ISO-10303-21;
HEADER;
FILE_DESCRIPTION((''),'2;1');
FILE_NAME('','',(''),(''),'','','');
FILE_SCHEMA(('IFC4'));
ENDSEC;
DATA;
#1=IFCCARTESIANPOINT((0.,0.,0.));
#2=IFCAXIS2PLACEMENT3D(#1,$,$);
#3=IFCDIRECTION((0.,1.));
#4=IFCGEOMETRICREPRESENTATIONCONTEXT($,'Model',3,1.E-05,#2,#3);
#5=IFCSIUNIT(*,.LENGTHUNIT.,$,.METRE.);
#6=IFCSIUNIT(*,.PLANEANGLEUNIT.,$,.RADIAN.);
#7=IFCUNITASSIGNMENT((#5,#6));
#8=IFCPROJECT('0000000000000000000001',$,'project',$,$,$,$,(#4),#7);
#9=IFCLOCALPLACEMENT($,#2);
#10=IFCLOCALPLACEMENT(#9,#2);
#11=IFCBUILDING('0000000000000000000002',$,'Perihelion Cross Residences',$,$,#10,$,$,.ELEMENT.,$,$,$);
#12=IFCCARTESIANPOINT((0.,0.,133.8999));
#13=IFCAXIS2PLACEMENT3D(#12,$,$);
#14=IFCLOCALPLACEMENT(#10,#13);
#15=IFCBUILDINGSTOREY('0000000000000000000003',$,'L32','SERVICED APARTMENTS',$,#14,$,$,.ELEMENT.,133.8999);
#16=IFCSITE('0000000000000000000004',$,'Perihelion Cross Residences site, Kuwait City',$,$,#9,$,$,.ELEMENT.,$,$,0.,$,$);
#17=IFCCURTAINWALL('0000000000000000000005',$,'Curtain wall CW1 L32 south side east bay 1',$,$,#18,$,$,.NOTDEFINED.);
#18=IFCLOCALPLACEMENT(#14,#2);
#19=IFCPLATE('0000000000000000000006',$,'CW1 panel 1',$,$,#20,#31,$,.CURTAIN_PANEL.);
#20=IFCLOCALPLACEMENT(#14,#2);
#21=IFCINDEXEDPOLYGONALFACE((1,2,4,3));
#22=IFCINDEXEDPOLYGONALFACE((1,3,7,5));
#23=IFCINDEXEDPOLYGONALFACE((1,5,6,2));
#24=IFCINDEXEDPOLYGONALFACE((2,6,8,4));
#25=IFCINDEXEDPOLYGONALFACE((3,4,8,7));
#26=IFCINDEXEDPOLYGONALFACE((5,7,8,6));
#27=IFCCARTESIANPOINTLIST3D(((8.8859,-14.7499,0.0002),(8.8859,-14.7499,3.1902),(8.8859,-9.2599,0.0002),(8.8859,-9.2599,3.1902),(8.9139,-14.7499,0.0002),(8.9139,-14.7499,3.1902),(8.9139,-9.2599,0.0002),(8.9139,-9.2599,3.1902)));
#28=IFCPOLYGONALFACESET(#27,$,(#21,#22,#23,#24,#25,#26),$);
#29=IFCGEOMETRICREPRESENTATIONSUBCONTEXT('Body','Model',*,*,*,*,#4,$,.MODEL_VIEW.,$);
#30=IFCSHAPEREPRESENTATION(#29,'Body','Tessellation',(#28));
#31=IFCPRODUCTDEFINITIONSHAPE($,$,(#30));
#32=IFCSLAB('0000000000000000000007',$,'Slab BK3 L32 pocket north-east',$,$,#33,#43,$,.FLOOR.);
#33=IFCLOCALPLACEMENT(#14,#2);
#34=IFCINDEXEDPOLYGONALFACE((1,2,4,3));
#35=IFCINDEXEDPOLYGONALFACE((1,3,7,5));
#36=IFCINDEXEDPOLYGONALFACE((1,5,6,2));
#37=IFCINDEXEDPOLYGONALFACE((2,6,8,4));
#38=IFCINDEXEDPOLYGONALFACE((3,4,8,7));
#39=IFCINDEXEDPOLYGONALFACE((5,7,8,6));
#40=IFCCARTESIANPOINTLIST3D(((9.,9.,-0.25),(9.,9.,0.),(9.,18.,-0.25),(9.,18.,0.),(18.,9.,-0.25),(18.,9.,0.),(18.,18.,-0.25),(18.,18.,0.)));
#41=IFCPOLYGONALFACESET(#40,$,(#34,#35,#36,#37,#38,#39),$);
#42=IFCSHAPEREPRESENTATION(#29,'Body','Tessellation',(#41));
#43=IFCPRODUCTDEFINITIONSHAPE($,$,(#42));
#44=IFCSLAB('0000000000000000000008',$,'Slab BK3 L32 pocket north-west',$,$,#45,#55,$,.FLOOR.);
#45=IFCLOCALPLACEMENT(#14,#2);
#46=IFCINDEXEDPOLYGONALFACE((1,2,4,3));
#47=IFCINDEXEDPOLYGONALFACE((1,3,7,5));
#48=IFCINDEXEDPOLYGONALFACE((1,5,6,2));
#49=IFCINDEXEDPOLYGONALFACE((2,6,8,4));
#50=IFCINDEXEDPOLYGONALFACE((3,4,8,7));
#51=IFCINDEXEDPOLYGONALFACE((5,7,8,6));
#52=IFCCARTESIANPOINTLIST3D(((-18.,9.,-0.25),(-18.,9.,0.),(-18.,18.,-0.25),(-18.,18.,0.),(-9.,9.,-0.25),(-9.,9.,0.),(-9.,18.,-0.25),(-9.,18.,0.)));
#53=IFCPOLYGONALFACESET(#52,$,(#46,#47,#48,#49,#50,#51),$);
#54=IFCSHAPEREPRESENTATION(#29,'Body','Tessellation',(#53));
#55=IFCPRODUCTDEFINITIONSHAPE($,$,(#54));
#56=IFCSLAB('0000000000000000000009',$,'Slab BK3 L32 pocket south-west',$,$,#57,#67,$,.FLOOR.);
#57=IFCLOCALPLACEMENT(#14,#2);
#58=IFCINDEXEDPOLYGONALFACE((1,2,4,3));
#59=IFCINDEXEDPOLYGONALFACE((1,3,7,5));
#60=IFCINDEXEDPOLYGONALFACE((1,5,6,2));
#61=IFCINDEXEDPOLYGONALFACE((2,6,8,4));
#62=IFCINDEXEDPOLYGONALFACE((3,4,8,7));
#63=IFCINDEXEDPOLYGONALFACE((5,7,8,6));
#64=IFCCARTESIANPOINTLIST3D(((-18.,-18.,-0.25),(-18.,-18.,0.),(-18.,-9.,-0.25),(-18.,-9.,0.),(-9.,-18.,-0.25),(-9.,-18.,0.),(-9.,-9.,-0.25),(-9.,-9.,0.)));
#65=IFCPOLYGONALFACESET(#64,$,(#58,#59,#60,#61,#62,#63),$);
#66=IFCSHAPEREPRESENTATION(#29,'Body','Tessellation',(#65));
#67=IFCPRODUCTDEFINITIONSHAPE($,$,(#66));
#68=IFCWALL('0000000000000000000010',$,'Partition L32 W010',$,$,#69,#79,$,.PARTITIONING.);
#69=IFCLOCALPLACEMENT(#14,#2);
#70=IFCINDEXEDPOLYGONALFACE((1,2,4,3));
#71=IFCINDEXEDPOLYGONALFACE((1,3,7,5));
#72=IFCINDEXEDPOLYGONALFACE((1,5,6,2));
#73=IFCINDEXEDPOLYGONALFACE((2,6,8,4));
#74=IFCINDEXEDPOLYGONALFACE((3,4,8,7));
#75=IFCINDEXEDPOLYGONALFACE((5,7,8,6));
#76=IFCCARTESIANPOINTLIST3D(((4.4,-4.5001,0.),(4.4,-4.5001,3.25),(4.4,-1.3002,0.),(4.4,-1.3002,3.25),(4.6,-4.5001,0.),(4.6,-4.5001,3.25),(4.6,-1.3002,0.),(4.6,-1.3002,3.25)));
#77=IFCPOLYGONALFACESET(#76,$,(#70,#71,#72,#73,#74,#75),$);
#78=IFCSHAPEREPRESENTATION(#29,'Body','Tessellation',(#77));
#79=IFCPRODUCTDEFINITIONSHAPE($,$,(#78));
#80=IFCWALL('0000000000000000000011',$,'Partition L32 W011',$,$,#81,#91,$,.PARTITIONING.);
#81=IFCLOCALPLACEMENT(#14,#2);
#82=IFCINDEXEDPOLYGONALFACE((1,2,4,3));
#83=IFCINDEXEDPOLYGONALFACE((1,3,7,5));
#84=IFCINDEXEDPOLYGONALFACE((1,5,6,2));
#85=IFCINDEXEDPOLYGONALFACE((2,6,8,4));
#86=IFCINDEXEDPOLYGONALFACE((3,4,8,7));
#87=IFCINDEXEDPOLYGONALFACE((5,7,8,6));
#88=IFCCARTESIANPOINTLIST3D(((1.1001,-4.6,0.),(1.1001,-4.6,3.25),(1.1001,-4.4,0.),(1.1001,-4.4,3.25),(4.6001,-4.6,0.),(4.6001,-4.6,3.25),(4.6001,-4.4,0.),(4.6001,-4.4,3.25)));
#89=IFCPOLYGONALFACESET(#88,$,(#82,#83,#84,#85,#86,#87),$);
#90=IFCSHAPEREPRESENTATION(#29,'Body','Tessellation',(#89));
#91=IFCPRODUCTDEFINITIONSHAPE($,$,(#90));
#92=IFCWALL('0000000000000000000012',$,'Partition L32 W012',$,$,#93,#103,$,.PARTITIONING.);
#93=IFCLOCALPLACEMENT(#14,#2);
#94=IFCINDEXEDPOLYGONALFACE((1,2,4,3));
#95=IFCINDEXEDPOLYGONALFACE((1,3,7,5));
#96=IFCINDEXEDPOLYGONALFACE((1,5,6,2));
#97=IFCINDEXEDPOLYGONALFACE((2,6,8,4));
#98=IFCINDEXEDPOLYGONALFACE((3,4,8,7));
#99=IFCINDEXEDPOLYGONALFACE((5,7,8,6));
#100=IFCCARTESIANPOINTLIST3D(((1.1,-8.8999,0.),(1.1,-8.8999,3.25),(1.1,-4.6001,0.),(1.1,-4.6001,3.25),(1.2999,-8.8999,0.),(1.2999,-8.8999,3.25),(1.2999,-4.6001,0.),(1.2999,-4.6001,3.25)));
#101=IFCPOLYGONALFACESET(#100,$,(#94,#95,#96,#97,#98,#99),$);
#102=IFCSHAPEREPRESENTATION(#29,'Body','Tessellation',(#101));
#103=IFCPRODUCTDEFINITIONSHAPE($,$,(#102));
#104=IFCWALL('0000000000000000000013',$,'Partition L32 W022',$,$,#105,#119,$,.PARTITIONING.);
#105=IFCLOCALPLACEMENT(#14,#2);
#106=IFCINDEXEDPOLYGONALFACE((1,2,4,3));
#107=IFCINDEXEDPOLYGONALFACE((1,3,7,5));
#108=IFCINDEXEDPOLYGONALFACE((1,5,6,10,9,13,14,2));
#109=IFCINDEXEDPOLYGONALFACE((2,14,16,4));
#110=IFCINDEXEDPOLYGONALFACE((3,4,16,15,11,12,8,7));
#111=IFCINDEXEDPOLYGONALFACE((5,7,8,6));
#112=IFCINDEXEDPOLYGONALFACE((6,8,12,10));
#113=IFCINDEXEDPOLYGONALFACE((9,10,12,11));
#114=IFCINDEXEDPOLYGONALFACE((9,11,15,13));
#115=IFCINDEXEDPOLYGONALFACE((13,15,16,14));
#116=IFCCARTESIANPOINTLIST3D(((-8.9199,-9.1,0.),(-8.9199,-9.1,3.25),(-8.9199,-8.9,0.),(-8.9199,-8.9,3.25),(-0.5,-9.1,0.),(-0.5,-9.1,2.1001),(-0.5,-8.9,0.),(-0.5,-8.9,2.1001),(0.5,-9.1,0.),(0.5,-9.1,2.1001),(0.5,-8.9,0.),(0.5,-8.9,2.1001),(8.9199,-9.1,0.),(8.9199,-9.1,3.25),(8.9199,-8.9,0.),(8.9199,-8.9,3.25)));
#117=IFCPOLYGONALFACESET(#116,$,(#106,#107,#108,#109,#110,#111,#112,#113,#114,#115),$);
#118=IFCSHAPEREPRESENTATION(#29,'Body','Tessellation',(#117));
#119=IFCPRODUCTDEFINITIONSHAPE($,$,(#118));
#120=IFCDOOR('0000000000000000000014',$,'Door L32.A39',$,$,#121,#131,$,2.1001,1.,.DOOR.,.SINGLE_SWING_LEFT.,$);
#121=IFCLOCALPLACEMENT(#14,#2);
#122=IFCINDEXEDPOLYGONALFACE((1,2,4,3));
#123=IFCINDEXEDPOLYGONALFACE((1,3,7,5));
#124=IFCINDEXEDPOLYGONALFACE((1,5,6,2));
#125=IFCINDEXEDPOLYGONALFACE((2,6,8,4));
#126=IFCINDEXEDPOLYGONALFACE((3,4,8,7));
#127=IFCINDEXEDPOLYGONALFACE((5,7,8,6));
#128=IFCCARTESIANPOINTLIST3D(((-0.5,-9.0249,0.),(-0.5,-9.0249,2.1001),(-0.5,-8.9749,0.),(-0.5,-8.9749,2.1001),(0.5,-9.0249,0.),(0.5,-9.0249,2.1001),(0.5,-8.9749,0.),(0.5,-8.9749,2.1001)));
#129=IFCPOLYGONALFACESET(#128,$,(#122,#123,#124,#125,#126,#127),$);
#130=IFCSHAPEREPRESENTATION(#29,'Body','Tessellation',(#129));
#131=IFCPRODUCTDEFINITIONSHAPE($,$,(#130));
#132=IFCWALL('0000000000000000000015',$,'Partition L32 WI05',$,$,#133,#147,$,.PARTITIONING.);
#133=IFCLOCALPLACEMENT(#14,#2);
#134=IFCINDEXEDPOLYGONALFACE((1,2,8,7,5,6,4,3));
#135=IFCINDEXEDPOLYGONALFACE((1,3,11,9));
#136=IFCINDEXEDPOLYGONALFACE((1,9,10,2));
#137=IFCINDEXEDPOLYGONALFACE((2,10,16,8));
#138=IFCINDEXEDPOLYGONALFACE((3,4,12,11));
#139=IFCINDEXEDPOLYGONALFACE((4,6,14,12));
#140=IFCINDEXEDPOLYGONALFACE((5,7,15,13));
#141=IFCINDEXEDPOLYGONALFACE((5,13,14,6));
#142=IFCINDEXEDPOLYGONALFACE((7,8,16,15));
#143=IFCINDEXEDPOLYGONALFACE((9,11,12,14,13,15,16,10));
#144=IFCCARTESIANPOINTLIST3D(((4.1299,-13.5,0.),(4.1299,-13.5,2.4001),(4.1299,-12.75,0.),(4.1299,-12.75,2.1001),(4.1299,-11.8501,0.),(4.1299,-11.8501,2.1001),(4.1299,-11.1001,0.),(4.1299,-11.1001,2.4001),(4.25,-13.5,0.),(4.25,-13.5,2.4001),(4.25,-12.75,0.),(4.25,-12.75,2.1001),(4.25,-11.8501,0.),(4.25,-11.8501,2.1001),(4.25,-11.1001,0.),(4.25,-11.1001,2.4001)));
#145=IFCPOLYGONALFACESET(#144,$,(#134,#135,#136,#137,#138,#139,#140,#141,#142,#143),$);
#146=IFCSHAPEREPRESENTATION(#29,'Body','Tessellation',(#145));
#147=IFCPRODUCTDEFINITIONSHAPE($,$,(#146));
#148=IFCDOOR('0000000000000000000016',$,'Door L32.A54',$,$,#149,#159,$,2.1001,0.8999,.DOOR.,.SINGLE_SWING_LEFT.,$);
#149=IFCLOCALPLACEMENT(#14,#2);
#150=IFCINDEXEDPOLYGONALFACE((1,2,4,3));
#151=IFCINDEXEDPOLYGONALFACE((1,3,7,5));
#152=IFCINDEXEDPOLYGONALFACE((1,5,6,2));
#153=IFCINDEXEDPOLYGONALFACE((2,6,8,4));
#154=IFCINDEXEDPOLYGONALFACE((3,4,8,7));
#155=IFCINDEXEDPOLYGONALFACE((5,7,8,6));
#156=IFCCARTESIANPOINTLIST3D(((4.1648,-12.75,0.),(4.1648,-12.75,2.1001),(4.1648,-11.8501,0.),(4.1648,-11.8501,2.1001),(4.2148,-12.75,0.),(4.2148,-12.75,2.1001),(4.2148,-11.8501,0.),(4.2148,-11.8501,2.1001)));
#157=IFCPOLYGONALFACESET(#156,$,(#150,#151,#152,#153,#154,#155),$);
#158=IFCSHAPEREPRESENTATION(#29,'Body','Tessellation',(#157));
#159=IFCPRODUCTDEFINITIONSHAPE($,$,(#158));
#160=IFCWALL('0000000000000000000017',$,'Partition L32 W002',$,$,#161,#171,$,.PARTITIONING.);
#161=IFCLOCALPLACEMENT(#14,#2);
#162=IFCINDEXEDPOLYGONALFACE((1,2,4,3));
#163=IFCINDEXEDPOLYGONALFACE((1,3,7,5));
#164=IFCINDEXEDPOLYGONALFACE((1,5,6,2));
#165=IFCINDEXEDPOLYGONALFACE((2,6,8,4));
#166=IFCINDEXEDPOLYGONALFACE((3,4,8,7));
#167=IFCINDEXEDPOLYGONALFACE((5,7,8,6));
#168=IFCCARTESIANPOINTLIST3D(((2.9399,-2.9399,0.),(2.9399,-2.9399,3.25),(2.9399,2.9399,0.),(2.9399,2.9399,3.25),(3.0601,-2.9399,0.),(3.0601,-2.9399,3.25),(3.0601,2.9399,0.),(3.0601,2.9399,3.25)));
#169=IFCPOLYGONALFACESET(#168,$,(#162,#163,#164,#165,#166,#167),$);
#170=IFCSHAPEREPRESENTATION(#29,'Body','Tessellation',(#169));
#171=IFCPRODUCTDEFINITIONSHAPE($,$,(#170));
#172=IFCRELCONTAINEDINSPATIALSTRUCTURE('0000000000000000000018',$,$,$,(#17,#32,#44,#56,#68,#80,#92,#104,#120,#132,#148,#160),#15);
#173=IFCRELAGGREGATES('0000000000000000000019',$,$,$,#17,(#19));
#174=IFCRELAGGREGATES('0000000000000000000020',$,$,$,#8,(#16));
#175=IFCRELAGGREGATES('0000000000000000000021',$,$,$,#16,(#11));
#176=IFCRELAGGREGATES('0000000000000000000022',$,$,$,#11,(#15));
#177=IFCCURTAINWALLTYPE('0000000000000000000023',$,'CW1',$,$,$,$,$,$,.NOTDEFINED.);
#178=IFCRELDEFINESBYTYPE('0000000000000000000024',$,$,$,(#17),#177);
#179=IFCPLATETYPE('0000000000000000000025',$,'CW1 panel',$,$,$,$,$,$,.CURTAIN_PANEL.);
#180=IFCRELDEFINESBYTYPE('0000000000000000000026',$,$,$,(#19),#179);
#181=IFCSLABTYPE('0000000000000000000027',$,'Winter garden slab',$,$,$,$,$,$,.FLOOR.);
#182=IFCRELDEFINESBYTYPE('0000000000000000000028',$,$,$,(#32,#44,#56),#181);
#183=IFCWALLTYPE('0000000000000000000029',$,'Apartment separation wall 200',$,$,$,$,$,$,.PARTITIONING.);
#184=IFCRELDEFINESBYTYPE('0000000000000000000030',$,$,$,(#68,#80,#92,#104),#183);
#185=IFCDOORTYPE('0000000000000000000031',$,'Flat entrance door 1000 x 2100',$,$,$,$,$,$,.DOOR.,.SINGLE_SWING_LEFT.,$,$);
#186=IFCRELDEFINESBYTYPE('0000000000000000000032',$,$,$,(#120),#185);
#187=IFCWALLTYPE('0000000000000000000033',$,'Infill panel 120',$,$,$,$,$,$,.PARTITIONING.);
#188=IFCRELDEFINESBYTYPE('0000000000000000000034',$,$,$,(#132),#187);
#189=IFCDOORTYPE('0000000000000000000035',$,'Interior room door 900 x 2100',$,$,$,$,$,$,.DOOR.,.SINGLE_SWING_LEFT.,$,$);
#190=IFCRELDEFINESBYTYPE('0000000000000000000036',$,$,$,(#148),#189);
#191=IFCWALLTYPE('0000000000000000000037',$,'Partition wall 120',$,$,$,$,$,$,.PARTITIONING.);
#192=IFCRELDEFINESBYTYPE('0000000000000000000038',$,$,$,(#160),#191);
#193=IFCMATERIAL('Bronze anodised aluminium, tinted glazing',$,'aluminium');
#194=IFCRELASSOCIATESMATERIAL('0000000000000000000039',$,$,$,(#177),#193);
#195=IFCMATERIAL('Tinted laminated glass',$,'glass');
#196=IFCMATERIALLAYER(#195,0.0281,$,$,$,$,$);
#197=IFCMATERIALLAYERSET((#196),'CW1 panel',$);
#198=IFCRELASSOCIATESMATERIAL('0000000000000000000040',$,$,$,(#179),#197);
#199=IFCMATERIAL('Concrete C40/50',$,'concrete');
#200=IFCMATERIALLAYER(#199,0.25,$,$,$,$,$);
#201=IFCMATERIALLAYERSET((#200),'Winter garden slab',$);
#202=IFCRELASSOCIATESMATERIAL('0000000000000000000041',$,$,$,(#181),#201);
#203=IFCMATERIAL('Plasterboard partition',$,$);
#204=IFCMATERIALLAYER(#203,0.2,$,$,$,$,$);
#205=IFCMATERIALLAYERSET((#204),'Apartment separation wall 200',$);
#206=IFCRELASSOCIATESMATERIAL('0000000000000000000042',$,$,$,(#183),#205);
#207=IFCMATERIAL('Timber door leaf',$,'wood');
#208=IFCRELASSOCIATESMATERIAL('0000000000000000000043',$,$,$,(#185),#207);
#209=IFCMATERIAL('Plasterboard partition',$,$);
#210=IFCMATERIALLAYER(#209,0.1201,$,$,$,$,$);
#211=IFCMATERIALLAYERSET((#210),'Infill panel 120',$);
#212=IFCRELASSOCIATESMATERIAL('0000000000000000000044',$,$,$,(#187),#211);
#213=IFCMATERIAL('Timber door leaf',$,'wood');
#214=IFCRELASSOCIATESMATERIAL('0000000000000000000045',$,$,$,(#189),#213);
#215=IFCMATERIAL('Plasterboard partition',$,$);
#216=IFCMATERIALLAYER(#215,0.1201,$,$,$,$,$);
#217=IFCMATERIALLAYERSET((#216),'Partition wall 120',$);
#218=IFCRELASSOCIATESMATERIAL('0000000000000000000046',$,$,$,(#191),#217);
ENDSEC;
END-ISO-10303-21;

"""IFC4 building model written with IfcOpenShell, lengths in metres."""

from ifc_helpers import new_model, si_unit, direction, frame, frame_2d, origin, origin_2d, place, context, subcontext, project, spatial, polyline, rectangle, outline, extrude, material, layer, layer_set, type_object, element, fill, aggregate, save


model = new_model("IFC4")

# Units and contexts
model_context = context("Model", 3, precision=1e-05, world=origin(), true_north=direction((0.0, 1.0)))
body_context = subcontext(model_context, "Body", "Model", "MODEL_VIEW")
ifc_project = project(units=[si_unit("LENGTHUNIT", "METRE"), si_unit("PLANEANGLEUNIT", "RADIAN")], contexts=[model_context])

# Site, building, storey
site_placement = place(None, origin())
site = spatial("IfcSite", under=ifc_project, at=site_placement, Name="Perihelion Cross Residences site, Kuwait City", CompositionType="ELEMENT", RefElevation=0.0)
building_placement = place(site_placement, origin())
building = spatial("IfcBuilding", under=site, at=building_placement, Name="Perihelion Cross Residences", CompositionType="ELEMENT")
storey_placement = place(building_placement, frame((0.0, 0.0, 133.8999)))
storey = spatial("IfcBuildingStorey", under=building, at=storey_placement, Name="L32", Description="SERVICED APARTMENTS", CompositionType="ELEMENT", Elevation=133.8999)

# Curtain wall
ifc_material_1 = material(Name="Bronze anodised aluminium, tinted glazing", Category="aluminium")
curtain_wall_type = type_object("IfcCurtainWallType", Name="CW1", PredefinedType="NOTDEFINED", material=ifc_material_1)
curtain_wall_1_placement = place(storey_placement, origin())
curtain_wall_1 = element("IfcCurtainWall", 1, at=curtain_wall_1_placement, inside=storey, type_object=curtain_wall_type, Name="Curtain wall CW1 L32 south side east bay 1", PredefinedType="NOTDEFINED")

# Plate
ifc_material_2 = material(Name="Tinted laminated glass", Category="glass")
ifc_layer_1 = layer(ifc_material_2, 0.0281)
ifc_layer_set_1 = layer_set([ifc_layer_1], Name="CW1 panel")
plate_type = type_object("IfcPlateType", Name="CW1 panel", PredefinedType="CURTAIN_PANEL", material=ifc_layer_set_1)
plate_placement = place(storey_placement, frame((8.8999, -12.0049, 0.0002), z_axis=(0.0, 0.0, 1.0), x_axis=(0.0, 1.0, 0.0)))
plate = element("IfcPlate", 2, at=plate_placement, type_object=plate_type, Name="CW1 panel 1", PredefinedType="CURTAIN_PANEL", context=body_context, shape_type="SweptSolid", body=[
    extrude(rectangle(XDim=5.49, YDim=0.0281, at=origin_2d()), origin(), (0.0, 0.0, 1.0), 3.1899),
])
aggregate(curtain_wall_1, [plate])

# Slabs
ifc_material_3 = material(Name="Concrete C40/50", Category="concrete")
ifc_layer_2 = layer(ifc_material_3, 0.25)
ifc_layer_set_2 = layer_set([ifc_layer_2], Name="Winter garden slab")
slab_type_1 = type_object("IfcSlabType", Name="Winter garden slab", PredefinedType="FLOOR", material=ifc_layer_set_2)
slab_1_placement = place(storey_placement, frame((0.0, 0.0, -0.25)))
element("IfcSlab", 3, at=slab_1_placement, inside=storey, type_object=slab_type_1, Name="Slab BK3 L32 pocket north-east", PredefinedType="FLOOR", context=body_context, shape_type="SweptSolid", body=[
    extrude(outline(polyline([(18.0, 9.0), (18.0, 18.0), (9.0, 18.0), (9.0, 9.0), (18.0, 9.0)])), origin(), (0.0, 0.0, 1.0), 0.25),
])
slab_2_placement = place(storey_placement, frame((0.0, 0.0, -0.25)))
element("IfcSlab", 4, at=slab_2_placement, inside=storey, type_object=slab_type_1, Name="Slab BK3 L32 pocket north-west", PredefinedType="FLOOR", context=body_context, shape_type="SweptSolid", body=[
    extrude(outline(polyline([(-9.0, 9.0), (-9.0, 18.0), (-18.0, 18.0), (-18.0, 9.0), (-9.0, 9.0)])), origin(), (0.0, 0.0, 1.0), 0.25),
])
slab_3_placement = place(storey_placement, frame((0.0, 0.0, -0.25)))
element("IfcSlab", 5, at=slab_3_placement, inside=storey, type_object=slab_type_1, Name="Slab BK3 L32 pocket south-west", PredefinedType="FLOOR", context=body_context, shape_type="SweptSolid", body=[
    extrude(outline(polyline([(-9.0, -18.0), (-9.0, -9.0), (-18.0, -9.0), (-18.0, -18.0), (-9.0, -18.0)])), origin(), (0.0, 0.0, 1.0), 0.25),
])

# Walls
ifc_material_4 = material(Name="Plasterboard partition")
ifc_layer_3 = layer(ifc_material_4, 0.2)
ifc_layer_set_3 = layer_set([ifc_layer_3], Name="Apartment separation wall 200")
wall_type_1 = type_object("IfcWallType", Name="Apartment separation wall 200", PredefinedType="PARTITIONING", material=ifc_layer_set_3)
wall_1_placement = place(storey_placement, frame((4.5, -1.3, 0.0), z_axis=(0.0, 0.0, 1.0), x_axis=(0.0, -1.0, 0.0)))
element("IfcWall", 6, at=wall_1_placement, inside=storey, type_object=wall_type_1, Name="Partition L32 W010", PredefinedType="PARTITIONING", context=body_context, shape_type="SweptSolid", body=[
    extrude(rectangle(XDim=3.2, YDim=0.2, at=frame_2d((1.6001, 0.0))), origin(), (0.0, 0.0, 1.0), 3.25),
])
wall_2_placement = place(storey_placement, frame((4.6001, -4.5, 0.0), z_axis=(0.0, 0.0, 1.0), x_axis=(-1.0, 0.0, 0.0)))
element("IfcWall", 7, at=wall_2_placement, inside=storey, type_object=wall_type_1, Name="Partition L32 W011", PredefinedType="PARTITIONING", context=body_context, shape_type="SweptSolid", body=[
    extrude(rectangle(XDim=3.5, YDim=0.2, at=frame_2d((1.75, 0.0))), origin(), (0.0, 0.0, 1.0), 3.25),
])
wall_3_placement = place(storey_placement, frame((1.2, -4.6001, 0.0), z_axis=(0.0, 0.0, 1.0), x_axis=(0.0, -1.0, 0.0)))
element("IfcWall", 8, at=wall_3_placement, inside=storey, type_object=wall_type_1, Name="Partition L32 W012", PredefinedType="PARTITIONING", context=body_context, shape_type="SweptSolid", body=[
    extrude(rectangle(XDim=4.2998, YDim=0.2, at=frame_2d((2.1499, 0.0))), origin(), (0.0, 0.0, 1.0), 3.25),
])

# Walls, openings, doors
wall_4_placement = place(storey_placement, frame((8.9199, -9.0, 0.0), z_axis=(0.0, 0.0, 1.0), x_axis=(-1.0, 0.0, 0.0)))
wall_4 = element("IfcWall", 9, at=wall_4_placement, inside=storey, type_object=wall_type_1, Name="Partition L32 W022", PredefinedType="PARTITIONING", context=body_context, shape_type="SweptSolid", body=[
    extrude(rectangle(XDim=17.8398, YDim=0.2, at=frame_2d((8.9199, 0.0))), origin(), (0.0, 0.0, 1.0), 3.25),
])
opening_1_placement = place(wall_4_placement, frame((8.4199, 0.0, 0.0)))
opening_1 = element("IfcOpeningElement", 10, at=opening_1_placement, cuts=wall_4, PredefinedType="OPENING", context=body_context, shape_type="SweptSolid", body=[
    extrude(rectangle(XDim=1.0, YDim=2.1001, at=frame_2d((0.5, 1.05))), frame((0.0, 0.1099, 0.0), z_axis=(0.0, -1.0, 0.0), x_axis=(1.0, 0.0, 0.0)), (0.0, 0.0, 1.0), 0.22),
])
ifc_material_5 = material(Name="Timber door leaf", Category="wood")
door_type_1 = type_object("IfcDoorType", Name="Flat entrance door 1000 x 2100", OperationType="SINGLE_SWING_LEFT", PredefinedType="DOOR", material=ifc_material_5)
door_1_placement = place(opening_1_placement, origin())
door_1 = element("IfcDoor", 11, at=door_1_placement, inside=storey, type_object=door_type_1, Name="Door L32.A39", OperationType="SINGLE_SWING_LEFT", OverallHeight=2.1001, OverallWidth=1.0, PredefinedType="DOOR", context=body_context, shape_type="SweptSolid", body=[
    extrude(rectangle(XDim=1.0, YDim=2.1001, at=frame_2d((0.5, 1.05))), frame((0.0, 0.0249, 0.0), z_axis=(0.0, -1.0, 0.0), x_axis=(1.0, 0.0, 0.0)), (0.0, 0.0, 1.0), 0.05),
])
fill(opening_1, door_1)
ifc_material_6 = material(Name="Plasterboard partition")
ifc_layer_4 = layer(ifc_material_6, 0.1201)
ifc_layer_set_4 = layer_set([ifc_layer_4], Name="Infill panel 120")
wall_type_2 = type_object("IfcWallType", Name="Infill panel 120", PredefinedType="PARTITIONING", material=ifc_layer_set_4)
wall_5_placement = place(storey_placement, frame((4.1899, -11.1001, 0.0), z_axis=(0.0, 0.0, 1.0), x_axis=(0.0, -1.0, 0.0)))
wall_5 = element("IfcWall", 12, at=wall_5_placement, inside=storey, type_object=wall_type_2, Name="Partition L32 WI05", PredefinedType="PARTITIONING", context=body_context, shape_type="SweptSolid", body=[
    extrude(rectangle(XDim=2.3999, YDim=0.1201, at=frame_2d((1.2, 0.0))), origin(), (0.0, 0.0, 1.0), 2.4001),
])
opening_2_placement = place(wall_5_placement, frame((0.75, 0.0, 0.0)))
opening_2 = element("IfcOpeningElement", 13, at=opening_2_placement, cuts=wall_5, PredefinedType="OPENING", context=body_context, shape_type="SweptSolid", body=[
    extrude(rectangle(XDim=0.8999, YDim=2.1001, at=frame_2d((0.45, 1.05))), frame((0.0, 0.0701, 0.0), z_axis=(0.0, -1.0, 0.0), x_axis=(1.0, 0.0, 0.0)), (0.0, 0.0, 1.0), 0.1401),
])
ifc_material_7 = material(Name="Timber door leaf", Category="wood")
door_type_2 = type_object("IfcDoorType", Name="Interior room door 900 x 2100", OperationType="SINGLE_SWING_LEFT", PredefinedType="DOOR", material=ifc_material_7)
door_2_placement = place(opening_2_placement, origin())
door_2 = element("IfcDoor", 14, at=door_2_placement, inside=storey, type_object=door_type_2, Name="Door L32.A54", OperationType="SINGLE_SWING_LEFT", OverallHeight=2.1001, OverallWidth=0.8999, PredefinedType="DOOR", context=body_context, shape_type="SweptSolid", body=[
    extrude(rectangle(XDim=0.8999, YDim=2.1001, at=frame_2d((0.45, 1.05))), frame((0.0, 0.0249, 0.0), z_axis=(0.0, -1.0, 0.0), x_axis=(1.0, 0.0, 0.0)), (0.0, 0.0, 1.0), 0.05),
])
fill(opening_2, door_2)

# Wall
ifc_material_8 = material(Name="Plasterboard partition")
ifc_layer_5 = layer(ifc_material_8, 0.1201)
ifc_layer_set_5 = layer_set([ifc_layer_5], Name="Partition wall 120")
wall_type_3 = type_object("IfcWallType", Name="Partition wall 120", PredefinedType="PARTITIONING", material=ifc_layer_set_5)
wall_6_placement = place(storey_placement, frame((3.0, -2.9399, 0.0), z_axis=(0.0, 0.0, 1.0), x_axis=(0.0, 1.0, 0.0)))
element("IfcWall", 15, at=wall_6_placement, inside=storey, type_object=wall_type_3, Name="Partition L32 W002", PredefinedType="PARTITIONING", context=body_context, shape_type="SweptSolid", body=[
    extrude(rectangle(XDim=5.8799, YDim=0.1201, at=frame_2d((2.9399, 0.0))), origin(), (0.0, 0.0, 1.0), 3.25),
])

save(model, "model.ifc")
